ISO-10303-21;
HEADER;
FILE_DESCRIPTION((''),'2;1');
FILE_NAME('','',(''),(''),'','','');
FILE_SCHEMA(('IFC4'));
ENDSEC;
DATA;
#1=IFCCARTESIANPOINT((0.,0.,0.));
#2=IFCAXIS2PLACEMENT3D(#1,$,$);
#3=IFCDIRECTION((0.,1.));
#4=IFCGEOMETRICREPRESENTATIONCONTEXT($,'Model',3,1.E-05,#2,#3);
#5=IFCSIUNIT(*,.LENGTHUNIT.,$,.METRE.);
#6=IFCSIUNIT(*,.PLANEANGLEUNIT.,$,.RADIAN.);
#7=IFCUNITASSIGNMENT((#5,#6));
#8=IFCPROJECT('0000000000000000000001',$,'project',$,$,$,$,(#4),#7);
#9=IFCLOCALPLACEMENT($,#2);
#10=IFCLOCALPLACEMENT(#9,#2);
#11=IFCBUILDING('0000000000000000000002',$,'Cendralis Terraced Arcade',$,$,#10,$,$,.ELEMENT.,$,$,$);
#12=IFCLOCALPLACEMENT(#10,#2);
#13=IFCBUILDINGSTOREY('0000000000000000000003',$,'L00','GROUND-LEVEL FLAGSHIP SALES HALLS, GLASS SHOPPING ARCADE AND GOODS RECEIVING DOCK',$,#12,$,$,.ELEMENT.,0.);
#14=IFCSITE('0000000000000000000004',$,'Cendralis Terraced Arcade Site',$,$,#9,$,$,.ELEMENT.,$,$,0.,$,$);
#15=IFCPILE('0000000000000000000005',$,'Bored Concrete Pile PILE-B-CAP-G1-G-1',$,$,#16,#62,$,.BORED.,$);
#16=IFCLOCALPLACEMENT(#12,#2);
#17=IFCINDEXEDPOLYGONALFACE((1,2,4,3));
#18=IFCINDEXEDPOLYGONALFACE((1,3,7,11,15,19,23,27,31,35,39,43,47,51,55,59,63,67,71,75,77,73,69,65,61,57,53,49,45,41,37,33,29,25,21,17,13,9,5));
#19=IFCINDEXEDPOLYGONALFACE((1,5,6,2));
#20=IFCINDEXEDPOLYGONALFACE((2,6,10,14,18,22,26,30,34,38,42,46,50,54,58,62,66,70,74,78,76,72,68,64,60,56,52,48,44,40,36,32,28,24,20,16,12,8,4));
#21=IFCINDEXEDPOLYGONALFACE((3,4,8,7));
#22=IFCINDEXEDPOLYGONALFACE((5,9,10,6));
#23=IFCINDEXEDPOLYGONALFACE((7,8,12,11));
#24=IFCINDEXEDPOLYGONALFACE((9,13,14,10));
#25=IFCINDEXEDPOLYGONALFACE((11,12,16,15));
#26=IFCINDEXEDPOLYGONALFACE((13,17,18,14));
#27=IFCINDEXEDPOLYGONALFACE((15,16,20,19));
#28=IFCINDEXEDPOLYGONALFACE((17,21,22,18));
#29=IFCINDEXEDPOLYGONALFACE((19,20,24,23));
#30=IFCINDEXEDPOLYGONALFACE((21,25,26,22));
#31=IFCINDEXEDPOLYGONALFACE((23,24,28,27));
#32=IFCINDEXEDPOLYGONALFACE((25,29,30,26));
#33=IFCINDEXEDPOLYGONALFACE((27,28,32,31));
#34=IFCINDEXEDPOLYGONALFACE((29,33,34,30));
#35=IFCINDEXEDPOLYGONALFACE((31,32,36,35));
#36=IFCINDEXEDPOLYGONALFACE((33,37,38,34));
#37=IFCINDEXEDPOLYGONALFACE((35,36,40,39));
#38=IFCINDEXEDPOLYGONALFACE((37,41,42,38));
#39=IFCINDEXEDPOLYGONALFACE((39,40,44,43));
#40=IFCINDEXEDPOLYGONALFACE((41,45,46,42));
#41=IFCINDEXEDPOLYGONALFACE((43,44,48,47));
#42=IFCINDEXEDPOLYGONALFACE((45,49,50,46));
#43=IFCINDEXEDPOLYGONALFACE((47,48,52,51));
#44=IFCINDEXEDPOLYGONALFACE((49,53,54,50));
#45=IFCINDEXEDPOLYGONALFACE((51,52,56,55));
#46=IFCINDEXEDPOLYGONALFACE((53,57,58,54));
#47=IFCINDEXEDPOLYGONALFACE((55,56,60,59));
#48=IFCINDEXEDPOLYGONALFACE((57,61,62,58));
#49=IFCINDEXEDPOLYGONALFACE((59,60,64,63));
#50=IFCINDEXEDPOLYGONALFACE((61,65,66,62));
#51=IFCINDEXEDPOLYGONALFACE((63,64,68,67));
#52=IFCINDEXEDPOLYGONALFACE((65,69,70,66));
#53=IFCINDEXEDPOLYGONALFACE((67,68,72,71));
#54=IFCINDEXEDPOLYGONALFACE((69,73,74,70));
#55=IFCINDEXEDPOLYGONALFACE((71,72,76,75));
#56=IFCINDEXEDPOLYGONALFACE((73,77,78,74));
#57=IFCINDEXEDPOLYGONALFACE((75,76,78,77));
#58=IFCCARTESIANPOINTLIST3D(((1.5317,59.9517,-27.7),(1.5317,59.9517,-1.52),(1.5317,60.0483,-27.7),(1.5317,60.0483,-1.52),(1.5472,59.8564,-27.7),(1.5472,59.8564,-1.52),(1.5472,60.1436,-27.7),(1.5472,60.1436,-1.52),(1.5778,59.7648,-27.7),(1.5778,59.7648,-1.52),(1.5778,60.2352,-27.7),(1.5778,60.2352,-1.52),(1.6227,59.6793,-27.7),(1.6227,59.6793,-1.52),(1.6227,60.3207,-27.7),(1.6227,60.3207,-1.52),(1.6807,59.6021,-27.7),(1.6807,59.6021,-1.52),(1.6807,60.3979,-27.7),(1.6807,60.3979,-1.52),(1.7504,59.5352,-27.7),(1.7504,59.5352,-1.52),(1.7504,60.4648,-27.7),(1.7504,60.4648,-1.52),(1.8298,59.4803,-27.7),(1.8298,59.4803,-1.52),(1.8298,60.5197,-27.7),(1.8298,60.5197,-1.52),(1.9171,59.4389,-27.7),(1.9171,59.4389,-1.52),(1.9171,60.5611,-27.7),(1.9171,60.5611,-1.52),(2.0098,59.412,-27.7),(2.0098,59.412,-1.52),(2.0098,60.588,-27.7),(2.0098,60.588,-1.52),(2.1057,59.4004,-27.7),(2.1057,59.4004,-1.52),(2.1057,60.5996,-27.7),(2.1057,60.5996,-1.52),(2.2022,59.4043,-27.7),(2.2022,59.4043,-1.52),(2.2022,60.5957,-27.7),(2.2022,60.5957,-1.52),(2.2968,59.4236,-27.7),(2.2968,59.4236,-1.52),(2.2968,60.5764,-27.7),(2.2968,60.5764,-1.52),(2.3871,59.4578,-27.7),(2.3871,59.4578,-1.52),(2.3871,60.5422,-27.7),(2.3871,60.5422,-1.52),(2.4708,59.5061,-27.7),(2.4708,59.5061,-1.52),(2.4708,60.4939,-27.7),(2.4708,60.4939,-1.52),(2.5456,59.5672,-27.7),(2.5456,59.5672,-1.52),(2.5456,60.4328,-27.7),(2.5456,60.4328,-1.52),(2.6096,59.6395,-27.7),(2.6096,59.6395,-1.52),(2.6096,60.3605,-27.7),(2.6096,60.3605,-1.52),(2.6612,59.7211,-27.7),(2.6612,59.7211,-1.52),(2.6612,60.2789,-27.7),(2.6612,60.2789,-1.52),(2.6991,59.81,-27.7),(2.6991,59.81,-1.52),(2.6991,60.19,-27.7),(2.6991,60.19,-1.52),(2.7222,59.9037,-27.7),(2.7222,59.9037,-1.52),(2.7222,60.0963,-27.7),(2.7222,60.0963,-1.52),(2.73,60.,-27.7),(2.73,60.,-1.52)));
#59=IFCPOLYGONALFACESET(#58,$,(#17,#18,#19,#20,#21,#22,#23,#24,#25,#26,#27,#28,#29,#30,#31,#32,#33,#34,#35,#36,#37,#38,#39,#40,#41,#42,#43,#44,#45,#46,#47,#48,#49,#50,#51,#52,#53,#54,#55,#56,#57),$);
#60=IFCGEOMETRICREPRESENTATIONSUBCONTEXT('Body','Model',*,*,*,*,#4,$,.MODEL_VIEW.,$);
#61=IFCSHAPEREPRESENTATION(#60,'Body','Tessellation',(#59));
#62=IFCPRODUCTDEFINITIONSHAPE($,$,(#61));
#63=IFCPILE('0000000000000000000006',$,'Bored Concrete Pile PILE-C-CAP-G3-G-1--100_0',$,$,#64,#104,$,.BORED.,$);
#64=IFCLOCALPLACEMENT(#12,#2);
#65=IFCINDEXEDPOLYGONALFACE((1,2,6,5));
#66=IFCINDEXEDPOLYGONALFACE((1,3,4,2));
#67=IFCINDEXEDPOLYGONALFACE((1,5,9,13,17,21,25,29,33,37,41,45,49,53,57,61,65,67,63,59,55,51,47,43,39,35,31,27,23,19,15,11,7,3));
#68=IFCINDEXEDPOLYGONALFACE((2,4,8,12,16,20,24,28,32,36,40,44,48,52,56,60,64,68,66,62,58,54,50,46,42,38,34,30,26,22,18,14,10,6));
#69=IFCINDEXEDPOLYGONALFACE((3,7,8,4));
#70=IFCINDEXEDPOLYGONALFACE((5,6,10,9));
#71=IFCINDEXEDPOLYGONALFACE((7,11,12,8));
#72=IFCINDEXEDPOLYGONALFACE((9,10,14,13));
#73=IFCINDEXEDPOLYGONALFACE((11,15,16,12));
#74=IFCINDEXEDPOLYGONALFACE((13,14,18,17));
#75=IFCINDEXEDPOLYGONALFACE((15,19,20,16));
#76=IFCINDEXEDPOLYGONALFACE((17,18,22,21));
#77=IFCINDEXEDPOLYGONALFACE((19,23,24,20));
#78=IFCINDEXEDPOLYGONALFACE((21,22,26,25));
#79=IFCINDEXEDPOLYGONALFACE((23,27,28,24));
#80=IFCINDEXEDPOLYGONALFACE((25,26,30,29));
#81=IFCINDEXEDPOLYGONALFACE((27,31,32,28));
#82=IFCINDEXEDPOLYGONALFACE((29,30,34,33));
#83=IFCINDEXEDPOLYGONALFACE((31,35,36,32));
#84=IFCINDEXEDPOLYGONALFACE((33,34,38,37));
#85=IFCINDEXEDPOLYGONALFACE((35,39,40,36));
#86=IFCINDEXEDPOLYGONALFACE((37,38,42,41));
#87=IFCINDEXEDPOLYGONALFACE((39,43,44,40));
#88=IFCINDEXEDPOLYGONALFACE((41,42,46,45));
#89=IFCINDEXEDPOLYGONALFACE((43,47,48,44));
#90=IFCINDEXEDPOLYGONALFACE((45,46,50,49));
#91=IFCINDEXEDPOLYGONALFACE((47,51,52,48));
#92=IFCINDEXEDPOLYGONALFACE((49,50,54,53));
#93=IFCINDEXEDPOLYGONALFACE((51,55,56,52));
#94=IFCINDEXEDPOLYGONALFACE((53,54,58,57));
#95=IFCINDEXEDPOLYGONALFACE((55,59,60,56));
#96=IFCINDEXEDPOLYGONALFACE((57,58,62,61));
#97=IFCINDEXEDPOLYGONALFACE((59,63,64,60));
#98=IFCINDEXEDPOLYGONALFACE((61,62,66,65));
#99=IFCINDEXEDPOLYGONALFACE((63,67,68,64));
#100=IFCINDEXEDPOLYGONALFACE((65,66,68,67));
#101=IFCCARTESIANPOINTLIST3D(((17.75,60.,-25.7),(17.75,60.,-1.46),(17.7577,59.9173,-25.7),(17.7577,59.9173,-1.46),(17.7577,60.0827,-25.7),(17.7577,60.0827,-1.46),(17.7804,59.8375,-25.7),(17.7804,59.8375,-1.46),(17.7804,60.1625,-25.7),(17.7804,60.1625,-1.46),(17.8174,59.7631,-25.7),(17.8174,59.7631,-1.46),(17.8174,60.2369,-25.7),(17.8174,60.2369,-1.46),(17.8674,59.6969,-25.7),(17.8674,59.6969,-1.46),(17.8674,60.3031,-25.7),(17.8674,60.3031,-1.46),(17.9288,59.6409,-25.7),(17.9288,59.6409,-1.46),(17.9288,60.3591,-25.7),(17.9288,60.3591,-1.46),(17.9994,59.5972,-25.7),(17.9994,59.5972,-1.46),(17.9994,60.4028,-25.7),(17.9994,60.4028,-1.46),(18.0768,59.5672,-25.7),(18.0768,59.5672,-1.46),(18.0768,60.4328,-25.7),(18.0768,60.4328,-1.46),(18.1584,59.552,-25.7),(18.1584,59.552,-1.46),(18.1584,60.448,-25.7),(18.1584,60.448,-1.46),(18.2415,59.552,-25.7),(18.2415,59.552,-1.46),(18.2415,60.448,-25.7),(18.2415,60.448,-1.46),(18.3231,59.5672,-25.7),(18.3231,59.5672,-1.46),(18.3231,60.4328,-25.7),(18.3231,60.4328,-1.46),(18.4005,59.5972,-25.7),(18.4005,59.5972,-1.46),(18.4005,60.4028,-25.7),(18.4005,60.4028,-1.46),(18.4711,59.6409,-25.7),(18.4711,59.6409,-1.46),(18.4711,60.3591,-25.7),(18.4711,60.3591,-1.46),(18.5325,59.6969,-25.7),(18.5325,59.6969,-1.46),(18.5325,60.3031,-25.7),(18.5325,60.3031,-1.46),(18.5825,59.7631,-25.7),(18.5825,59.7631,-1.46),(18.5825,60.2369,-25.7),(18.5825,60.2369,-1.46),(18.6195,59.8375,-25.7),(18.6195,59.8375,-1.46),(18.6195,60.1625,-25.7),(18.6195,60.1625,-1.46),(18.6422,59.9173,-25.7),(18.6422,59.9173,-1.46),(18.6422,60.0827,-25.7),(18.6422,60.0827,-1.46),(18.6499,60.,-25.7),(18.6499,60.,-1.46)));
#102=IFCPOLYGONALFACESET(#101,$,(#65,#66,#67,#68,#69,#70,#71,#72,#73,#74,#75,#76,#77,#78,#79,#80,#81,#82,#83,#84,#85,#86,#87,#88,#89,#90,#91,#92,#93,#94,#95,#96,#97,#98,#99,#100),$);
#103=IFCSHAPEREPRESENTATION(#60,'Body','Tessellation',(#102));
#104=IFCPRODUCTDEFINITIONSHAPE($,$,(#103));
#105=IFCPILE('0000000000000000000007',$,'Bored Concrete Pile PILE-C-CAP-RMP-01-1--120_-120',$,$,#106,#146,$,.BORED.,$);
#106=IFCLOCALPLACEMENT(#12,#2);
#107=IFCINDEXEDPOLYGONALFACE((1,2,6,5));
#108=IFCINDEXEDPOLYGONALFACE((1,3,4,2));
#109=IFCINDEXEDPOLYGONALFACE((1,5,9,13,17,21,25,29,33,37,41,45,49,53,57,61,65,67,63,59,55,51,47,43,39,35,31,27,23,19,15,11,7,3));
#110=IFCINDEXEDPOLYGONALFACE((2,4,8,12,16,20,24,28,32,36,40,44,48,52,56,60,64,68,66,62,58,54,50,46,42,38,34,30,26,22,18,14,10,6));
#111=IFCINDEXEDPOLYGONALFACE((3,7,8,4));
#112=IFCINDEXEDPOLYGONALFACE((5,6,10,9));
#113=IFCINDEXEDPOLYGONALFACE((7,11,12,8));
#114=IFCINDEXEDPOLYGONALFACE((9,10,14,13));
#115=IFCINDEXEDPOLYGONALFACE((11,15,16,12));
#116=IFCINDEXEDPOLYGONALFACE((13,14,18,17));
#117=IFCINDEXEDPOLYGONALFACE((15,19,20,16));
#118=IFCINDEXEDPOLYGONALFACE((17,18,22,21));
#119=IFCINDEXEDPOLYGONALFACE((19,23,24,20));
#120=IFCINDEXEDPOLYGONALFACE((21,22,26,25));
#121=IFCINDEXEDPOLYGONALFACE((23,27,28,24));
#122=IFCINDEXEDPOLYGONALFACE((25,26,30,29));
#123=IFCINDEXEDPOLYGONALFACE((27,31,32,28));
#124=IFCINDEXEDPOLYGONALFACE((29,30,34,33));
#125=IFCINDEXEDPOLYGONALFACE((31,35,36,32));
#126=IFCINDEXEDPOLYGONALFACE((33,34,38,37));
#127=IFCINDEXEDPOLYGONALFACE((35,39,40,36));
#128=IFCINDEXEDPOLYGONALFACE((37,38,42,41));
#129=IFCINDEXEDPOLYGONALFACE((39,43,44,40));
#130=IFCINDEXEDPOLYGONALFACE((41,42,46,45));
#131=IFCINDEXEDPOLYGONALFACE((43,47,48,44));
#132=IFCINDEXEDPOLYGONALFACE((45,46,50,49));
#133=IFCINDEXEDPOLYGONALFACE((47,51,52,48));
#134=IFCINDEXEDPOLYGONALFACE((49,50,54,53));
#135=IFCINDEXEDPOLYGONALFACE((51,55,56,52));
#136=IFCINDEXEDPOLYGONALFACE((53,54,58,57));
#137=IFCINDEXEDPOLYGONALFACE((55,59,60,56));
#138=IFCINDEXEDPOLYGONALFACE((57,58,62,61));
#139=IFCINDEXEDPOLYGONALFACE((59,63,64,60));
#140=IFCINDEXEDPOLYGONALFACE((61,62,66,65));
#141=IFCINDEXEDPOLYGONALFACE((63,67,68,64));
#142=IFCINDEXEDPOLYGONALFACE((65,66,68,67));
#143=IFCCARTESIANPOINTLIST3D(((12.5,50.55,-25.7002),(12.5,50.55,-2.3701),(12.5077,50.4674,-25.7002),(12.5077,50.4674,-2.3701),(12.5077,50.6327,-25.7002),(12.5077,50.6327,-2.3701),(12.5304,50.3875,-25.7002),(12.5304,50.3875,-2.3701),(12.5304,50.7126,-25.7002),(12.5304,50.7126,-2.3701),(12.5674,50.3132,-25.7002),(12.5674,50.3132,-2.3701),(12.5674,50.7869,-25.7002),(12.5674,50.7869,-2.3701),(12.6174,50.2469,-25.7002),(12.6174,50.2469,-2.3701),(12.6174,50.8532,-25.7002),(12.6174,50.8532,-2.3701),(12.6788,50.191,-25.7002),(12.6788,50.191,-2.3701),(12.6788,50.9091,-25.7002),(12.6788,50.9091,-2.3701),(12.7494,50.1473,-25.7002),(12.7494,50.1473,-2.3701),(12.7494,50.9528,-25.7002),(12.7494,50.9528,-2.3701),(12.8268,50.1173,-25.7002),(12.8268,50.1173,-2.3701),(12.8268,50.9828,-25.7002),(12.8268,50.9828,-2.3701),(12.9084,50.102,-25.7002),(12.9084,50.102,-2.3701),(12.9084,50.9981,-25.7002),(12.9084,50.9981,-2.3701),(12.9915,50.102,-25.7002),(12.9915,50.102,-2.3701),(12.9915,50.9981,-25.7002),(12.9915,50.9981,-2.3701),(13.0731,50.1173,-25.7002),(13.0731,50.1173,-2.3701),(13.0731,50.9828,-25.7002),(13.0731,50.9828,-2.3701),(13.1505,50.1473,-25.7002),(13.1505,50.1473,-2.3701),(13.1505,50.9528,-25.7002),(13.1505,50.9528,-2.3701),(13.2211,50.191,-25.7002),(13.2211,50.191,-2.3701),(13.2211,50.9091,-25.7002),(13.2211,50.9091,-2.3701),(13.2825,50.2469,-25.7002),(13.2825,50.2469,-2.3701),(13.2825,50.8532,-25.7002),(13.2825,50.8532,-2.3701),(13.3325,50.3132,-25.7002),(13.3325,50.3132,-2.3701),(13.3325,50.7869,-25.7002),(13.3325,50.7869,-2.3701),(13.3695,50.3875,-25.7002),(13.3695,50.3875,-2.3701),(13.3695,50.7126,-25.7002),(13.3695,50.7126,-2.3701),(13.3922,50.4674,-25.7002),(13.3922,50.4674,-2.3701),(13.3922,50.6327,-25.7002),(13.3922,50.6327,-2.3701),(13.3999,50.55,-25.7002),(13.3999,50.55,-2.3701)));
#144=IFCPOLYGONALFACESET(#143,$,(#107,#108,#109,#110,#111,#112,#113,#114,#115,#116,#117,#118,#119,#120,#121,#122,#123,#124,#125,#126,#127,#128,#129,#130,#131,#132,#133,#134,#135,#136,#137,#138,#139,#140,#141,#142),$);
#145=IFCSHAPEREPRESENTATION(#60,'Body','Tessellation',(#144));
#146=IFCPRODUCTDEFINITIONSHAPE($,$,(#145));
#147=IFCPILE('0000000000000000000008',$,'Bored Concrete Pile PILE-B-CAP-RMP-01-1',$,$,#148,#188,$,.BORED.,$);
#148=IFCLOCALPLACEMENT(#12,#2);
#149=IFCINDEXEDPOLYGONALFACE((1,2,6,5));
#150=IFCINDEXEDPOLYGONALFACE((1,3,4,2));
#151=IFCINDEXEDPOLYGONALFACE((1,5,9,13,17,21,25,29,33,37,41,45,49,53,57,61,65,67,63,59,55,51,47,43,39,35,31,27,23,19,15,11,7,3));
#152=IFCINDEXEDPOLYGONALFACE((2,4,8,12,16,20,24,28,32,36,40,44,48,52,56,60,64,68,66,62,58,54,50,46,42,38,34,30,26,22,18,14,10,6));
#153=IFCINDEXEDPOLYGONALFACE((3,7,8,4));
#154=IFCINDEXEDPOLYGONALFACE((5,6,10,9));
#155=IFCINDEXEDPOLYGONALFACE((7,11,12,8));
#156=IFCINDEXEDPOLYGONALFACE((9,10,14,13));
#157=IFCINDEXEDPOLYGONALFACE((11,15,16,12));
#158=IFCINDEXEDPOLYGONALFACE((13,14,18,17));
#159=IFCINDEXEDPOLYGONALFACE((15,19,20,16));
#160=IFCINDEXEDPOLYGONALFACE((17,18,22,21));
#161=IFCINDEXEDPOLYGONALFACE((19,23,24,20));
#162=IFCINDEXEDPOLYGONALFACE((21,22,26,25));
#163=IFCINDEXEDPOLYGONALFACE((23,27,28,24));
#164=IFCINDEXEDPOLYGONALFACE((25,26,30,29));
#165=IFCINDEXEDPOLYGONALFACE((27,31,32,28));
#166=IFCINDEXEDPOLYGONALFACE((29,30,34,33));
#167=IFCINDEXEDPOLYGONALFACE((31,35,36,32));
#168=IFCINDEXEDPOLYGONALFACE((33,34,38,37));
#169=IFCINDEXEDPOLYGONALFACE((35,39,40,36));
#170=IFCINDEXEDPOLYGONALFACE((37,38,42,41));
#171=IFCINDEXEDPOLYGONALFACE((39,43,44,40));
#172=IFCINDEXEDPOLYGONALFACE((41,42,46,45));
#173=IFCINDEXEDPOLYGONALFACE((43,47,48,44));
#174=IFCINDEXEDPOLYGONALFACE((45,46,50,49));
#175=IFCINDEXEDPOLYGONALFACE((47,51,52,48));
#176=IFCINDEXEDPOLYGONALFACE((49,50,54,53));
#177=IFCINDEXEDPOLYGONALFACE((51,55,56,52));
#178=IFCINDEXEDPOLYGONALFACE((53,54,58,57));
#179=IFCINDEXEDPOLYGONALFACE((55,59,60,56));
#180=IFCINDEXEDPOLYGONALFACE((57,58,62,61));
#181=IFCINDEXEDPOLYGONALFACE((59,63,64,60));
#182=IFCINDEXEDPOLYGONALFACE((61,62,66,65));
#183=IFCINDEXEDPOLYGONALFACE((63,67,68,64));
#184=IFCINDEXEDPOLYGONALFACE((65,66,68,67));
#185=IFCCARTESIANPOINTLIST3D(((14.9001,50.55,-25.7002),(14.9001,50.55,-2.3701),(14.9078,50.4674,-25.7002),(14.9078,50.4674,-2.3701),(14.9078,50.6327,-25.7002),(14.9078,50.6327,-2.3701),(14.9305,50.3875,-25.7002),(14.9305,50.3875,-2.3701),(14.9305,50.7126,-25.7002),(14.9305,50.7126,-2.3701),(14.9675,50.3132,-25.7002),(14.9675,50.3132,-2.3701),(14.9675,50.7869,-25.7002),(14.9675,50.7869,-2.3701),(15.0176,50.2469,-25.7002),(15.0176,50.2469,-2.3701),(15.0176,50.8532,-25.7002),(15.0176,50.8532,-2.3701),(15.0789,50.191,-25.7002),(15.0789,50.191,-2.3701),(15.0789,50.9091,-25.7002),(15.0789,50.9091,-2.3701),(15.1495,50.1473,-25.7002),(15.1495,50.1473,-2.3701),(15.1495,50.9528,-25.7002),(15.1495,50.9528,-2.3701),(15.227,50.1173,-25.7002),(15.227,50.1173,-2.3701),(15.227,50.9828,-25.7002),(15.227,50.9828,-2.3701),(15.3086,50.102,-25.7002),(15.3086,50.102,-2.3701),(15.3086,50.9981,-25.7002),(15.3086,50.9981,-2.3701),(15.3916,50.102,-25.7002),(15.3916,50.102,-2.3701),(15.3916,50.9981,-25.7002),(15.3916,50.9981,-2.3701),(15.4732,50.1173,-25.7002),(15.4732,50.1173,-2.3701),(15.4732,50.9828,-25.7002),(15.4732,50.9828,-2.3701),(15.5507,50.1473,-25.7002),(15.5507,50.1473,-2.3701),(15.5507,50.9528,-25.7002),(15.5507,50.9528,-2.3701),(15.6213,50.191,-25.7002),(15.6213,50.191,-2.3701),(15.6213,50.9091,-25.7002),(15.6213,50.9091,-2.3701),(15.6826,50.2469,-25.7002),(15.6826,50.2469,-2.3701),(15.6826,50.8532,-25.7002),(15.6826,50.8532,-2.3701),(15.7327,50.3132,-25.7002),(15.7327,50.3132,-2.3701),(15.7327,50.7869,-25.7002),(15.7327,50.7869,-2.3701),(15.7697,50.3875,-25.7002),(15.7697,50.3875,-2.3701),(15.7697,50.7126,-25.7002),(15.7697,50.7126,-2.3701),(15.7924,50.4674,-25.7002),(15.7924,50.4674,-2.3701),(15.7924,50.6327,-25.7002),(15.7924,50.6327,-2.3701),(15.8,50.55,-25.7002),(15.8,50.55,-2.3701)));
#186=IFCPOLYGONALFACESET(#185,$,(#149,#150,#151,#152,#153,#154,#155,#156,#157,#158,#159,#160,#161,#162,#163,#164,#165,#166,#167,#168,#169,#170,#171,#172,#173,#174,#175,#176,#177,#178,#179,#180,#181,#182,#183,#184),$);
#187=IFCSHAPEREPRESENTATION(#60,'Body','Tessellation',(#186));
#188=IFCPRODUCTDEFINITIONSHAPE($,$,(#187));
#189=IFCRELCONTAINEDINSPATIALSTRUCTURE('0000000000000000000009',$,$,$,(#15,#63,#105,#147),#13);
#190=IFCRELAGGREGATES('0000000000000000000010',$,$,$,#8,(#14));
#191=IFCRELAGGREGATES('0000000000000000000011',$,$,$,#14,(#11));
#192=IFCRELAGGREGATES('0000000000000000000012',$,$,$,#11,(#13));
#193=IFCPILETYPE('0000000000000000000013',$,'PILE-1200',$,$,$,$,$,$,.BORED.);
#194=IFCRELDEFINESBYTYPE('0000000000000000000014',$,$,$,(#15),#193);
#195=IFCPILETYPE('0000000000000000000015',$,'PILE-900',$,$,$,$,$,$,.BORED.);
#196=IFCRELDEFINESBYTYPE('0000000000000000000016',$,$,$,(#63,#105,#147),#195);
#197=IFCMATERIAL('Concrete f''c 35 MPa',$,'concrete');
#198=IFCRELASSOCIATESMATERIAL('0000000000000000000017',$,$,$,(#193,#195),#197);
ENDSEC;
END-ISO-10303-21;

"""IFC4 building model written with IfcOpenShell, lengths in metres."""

from ifc_helpers import new_model, si_unit, direction, frame, origin, origin_2d, place, context, subcontext, project, spatial, circle, extrude, material, material_profile, profile_set, type_object, element, save


model = new_model("IFC4")

# Units and contexts
model_context = context("Model", 3, precision=1e-05, world=origin(), true_north=direction((0.0, 1.0)))
body_context = subcontext(model_context, "Body", "Model", "MODEL_VIEW")
ifc_project = project(units=[si_unit("LENGTHUNIT", "METRE"), si_unit("PLANEANGLEUNIT", "RADIAN")], contexts=[model_context])

# Site, building, storey
site_placement = place(None, origin())
site = spatial("IfcSite", under=ifc_project, at=site_placement, Name="Cendralis Terraced Arcade Site", CompositionType="ELEMENT", RefElevation=0.0)
building_placement = place(site_placement, origin())
building = spatial("IfcBuilding", under=site, at=building_placement, Name="Cendralis Terraced Arcade", CompositionType="ELEMENT")
storey_placement = place(building_placement, origin())
storey = spatial("IfcBuildingStorey", under=building, at=storey_placement, Name="L00", Description="GROUND-LEVEL FLAGSHIP SALES HALLS, GLASS SHOPPING ARCADE AND GOODS RECEIVING DOCK", CompositionType="ELEMENT", Elevation=0.0)

# Shared definitions
ifc_material_1 = material(Name="Concrete f'c 35 MPa", Category="concrete")

# Piles
ifc_material_profile_1 = material_profile(ifc_material_1, circle(Radius=0.6001, at=origin_2d()), Name="PILE-D1200", Category="LoadBearing")
ifc_profile_set_1 = profile_set([ifc_material_profile_1], Name="Concrete f'c 35 MPa")
pile_type_1 = type_object("IfcPileType", Name="PILE-1200", PredefinedType="BORED", material=ifc_profile_set_1)
for number, where, z_axis, x_axis, name in (
    (1, (2.1299, 60.0, -1.52), (0.0, 0.0, -1.0), (1.0, 0.0, 0.0), "Bored Concrete Pile PILE-B-CAP-G1-G-1"),
):
    element("IfcPile", number, at=place(storey_placement, frame(where, z_axis=z_axis, x_axis=x_axis)), inside=storey, type_object=pile_type_1, Name=name, PredefinedType="BORED", context=body_context, shape_type="SweptSolid", body=[
        extrude(circle(Radius=0.6001, at=origin_2d()), origin(), (0.0, 0.0, 1.0), 26.1799),
    ])
ifc_material_profile_2 = material_profile(ifc_material_1, circle(Radius=0.45, at=origin_2d()), Name="PILE-D900", Category="LoadBearing")
ifc_profile_set_2 = profile_set([ifc_material_profile_2], Name="Concrete f'c 35 MPa")
pile_type_2 = type_object("IfcPileType", Name="PILE-900", PredefinedType="BORED", material=ifc_profile_set_2)
pile_1_placement = place(storey_placement, frame((18.2, 60.0, -1.46), z_axis=(0.0, 0.0, -1.0), x_axis=(1.0, 0.0, 0.0)))
element("IfcPile", 2, at=pile_1_placement, inside=storey, type_object=pile_type_2, Name="Bored Concrete Pile PILE-C-CAP-G3-G-1--100_0", PredefinedType="BORED", context=body_context, shape_type="SweptSolid", body=[
    extrude(circle(Radius=0.45, at=origin_2d()), origin(), (0.0, 0.0, 1.0), 24.24),
])
for number, where, z_axis, x_axis, name in (
    (3, (12.95, 50.55, -2.3701), (0.0, 0.0, -1.0), (1.0, 0.0, 0.0), "Bored Concrete Pile PILE-C-CAP-RMP-01-1--120_-120"),
    (4, (15.3501, 50.55, -2.3701), (0.0, 0.0, -1.0), (1.0, 0.0, 0.0), "Bored Concrete Pile PILE-B-CAP-RMP-01-1"),
):
    element("IfcPile", number, at=place(storey_placement, frame(where, z_axis=z_axis, x_axis=x_axis)), inside=storey, type_object=pile_type_2, Name=name, PredefinedType="BORED", context=body_context, shape_type="SweptSolid", body=[
        extrude(circle(Radius=0.45, at=origin_2d()), origin(), (0.0, 0.0, 1.0), 23.3301),
    ])

save(model, "model.ifc")
